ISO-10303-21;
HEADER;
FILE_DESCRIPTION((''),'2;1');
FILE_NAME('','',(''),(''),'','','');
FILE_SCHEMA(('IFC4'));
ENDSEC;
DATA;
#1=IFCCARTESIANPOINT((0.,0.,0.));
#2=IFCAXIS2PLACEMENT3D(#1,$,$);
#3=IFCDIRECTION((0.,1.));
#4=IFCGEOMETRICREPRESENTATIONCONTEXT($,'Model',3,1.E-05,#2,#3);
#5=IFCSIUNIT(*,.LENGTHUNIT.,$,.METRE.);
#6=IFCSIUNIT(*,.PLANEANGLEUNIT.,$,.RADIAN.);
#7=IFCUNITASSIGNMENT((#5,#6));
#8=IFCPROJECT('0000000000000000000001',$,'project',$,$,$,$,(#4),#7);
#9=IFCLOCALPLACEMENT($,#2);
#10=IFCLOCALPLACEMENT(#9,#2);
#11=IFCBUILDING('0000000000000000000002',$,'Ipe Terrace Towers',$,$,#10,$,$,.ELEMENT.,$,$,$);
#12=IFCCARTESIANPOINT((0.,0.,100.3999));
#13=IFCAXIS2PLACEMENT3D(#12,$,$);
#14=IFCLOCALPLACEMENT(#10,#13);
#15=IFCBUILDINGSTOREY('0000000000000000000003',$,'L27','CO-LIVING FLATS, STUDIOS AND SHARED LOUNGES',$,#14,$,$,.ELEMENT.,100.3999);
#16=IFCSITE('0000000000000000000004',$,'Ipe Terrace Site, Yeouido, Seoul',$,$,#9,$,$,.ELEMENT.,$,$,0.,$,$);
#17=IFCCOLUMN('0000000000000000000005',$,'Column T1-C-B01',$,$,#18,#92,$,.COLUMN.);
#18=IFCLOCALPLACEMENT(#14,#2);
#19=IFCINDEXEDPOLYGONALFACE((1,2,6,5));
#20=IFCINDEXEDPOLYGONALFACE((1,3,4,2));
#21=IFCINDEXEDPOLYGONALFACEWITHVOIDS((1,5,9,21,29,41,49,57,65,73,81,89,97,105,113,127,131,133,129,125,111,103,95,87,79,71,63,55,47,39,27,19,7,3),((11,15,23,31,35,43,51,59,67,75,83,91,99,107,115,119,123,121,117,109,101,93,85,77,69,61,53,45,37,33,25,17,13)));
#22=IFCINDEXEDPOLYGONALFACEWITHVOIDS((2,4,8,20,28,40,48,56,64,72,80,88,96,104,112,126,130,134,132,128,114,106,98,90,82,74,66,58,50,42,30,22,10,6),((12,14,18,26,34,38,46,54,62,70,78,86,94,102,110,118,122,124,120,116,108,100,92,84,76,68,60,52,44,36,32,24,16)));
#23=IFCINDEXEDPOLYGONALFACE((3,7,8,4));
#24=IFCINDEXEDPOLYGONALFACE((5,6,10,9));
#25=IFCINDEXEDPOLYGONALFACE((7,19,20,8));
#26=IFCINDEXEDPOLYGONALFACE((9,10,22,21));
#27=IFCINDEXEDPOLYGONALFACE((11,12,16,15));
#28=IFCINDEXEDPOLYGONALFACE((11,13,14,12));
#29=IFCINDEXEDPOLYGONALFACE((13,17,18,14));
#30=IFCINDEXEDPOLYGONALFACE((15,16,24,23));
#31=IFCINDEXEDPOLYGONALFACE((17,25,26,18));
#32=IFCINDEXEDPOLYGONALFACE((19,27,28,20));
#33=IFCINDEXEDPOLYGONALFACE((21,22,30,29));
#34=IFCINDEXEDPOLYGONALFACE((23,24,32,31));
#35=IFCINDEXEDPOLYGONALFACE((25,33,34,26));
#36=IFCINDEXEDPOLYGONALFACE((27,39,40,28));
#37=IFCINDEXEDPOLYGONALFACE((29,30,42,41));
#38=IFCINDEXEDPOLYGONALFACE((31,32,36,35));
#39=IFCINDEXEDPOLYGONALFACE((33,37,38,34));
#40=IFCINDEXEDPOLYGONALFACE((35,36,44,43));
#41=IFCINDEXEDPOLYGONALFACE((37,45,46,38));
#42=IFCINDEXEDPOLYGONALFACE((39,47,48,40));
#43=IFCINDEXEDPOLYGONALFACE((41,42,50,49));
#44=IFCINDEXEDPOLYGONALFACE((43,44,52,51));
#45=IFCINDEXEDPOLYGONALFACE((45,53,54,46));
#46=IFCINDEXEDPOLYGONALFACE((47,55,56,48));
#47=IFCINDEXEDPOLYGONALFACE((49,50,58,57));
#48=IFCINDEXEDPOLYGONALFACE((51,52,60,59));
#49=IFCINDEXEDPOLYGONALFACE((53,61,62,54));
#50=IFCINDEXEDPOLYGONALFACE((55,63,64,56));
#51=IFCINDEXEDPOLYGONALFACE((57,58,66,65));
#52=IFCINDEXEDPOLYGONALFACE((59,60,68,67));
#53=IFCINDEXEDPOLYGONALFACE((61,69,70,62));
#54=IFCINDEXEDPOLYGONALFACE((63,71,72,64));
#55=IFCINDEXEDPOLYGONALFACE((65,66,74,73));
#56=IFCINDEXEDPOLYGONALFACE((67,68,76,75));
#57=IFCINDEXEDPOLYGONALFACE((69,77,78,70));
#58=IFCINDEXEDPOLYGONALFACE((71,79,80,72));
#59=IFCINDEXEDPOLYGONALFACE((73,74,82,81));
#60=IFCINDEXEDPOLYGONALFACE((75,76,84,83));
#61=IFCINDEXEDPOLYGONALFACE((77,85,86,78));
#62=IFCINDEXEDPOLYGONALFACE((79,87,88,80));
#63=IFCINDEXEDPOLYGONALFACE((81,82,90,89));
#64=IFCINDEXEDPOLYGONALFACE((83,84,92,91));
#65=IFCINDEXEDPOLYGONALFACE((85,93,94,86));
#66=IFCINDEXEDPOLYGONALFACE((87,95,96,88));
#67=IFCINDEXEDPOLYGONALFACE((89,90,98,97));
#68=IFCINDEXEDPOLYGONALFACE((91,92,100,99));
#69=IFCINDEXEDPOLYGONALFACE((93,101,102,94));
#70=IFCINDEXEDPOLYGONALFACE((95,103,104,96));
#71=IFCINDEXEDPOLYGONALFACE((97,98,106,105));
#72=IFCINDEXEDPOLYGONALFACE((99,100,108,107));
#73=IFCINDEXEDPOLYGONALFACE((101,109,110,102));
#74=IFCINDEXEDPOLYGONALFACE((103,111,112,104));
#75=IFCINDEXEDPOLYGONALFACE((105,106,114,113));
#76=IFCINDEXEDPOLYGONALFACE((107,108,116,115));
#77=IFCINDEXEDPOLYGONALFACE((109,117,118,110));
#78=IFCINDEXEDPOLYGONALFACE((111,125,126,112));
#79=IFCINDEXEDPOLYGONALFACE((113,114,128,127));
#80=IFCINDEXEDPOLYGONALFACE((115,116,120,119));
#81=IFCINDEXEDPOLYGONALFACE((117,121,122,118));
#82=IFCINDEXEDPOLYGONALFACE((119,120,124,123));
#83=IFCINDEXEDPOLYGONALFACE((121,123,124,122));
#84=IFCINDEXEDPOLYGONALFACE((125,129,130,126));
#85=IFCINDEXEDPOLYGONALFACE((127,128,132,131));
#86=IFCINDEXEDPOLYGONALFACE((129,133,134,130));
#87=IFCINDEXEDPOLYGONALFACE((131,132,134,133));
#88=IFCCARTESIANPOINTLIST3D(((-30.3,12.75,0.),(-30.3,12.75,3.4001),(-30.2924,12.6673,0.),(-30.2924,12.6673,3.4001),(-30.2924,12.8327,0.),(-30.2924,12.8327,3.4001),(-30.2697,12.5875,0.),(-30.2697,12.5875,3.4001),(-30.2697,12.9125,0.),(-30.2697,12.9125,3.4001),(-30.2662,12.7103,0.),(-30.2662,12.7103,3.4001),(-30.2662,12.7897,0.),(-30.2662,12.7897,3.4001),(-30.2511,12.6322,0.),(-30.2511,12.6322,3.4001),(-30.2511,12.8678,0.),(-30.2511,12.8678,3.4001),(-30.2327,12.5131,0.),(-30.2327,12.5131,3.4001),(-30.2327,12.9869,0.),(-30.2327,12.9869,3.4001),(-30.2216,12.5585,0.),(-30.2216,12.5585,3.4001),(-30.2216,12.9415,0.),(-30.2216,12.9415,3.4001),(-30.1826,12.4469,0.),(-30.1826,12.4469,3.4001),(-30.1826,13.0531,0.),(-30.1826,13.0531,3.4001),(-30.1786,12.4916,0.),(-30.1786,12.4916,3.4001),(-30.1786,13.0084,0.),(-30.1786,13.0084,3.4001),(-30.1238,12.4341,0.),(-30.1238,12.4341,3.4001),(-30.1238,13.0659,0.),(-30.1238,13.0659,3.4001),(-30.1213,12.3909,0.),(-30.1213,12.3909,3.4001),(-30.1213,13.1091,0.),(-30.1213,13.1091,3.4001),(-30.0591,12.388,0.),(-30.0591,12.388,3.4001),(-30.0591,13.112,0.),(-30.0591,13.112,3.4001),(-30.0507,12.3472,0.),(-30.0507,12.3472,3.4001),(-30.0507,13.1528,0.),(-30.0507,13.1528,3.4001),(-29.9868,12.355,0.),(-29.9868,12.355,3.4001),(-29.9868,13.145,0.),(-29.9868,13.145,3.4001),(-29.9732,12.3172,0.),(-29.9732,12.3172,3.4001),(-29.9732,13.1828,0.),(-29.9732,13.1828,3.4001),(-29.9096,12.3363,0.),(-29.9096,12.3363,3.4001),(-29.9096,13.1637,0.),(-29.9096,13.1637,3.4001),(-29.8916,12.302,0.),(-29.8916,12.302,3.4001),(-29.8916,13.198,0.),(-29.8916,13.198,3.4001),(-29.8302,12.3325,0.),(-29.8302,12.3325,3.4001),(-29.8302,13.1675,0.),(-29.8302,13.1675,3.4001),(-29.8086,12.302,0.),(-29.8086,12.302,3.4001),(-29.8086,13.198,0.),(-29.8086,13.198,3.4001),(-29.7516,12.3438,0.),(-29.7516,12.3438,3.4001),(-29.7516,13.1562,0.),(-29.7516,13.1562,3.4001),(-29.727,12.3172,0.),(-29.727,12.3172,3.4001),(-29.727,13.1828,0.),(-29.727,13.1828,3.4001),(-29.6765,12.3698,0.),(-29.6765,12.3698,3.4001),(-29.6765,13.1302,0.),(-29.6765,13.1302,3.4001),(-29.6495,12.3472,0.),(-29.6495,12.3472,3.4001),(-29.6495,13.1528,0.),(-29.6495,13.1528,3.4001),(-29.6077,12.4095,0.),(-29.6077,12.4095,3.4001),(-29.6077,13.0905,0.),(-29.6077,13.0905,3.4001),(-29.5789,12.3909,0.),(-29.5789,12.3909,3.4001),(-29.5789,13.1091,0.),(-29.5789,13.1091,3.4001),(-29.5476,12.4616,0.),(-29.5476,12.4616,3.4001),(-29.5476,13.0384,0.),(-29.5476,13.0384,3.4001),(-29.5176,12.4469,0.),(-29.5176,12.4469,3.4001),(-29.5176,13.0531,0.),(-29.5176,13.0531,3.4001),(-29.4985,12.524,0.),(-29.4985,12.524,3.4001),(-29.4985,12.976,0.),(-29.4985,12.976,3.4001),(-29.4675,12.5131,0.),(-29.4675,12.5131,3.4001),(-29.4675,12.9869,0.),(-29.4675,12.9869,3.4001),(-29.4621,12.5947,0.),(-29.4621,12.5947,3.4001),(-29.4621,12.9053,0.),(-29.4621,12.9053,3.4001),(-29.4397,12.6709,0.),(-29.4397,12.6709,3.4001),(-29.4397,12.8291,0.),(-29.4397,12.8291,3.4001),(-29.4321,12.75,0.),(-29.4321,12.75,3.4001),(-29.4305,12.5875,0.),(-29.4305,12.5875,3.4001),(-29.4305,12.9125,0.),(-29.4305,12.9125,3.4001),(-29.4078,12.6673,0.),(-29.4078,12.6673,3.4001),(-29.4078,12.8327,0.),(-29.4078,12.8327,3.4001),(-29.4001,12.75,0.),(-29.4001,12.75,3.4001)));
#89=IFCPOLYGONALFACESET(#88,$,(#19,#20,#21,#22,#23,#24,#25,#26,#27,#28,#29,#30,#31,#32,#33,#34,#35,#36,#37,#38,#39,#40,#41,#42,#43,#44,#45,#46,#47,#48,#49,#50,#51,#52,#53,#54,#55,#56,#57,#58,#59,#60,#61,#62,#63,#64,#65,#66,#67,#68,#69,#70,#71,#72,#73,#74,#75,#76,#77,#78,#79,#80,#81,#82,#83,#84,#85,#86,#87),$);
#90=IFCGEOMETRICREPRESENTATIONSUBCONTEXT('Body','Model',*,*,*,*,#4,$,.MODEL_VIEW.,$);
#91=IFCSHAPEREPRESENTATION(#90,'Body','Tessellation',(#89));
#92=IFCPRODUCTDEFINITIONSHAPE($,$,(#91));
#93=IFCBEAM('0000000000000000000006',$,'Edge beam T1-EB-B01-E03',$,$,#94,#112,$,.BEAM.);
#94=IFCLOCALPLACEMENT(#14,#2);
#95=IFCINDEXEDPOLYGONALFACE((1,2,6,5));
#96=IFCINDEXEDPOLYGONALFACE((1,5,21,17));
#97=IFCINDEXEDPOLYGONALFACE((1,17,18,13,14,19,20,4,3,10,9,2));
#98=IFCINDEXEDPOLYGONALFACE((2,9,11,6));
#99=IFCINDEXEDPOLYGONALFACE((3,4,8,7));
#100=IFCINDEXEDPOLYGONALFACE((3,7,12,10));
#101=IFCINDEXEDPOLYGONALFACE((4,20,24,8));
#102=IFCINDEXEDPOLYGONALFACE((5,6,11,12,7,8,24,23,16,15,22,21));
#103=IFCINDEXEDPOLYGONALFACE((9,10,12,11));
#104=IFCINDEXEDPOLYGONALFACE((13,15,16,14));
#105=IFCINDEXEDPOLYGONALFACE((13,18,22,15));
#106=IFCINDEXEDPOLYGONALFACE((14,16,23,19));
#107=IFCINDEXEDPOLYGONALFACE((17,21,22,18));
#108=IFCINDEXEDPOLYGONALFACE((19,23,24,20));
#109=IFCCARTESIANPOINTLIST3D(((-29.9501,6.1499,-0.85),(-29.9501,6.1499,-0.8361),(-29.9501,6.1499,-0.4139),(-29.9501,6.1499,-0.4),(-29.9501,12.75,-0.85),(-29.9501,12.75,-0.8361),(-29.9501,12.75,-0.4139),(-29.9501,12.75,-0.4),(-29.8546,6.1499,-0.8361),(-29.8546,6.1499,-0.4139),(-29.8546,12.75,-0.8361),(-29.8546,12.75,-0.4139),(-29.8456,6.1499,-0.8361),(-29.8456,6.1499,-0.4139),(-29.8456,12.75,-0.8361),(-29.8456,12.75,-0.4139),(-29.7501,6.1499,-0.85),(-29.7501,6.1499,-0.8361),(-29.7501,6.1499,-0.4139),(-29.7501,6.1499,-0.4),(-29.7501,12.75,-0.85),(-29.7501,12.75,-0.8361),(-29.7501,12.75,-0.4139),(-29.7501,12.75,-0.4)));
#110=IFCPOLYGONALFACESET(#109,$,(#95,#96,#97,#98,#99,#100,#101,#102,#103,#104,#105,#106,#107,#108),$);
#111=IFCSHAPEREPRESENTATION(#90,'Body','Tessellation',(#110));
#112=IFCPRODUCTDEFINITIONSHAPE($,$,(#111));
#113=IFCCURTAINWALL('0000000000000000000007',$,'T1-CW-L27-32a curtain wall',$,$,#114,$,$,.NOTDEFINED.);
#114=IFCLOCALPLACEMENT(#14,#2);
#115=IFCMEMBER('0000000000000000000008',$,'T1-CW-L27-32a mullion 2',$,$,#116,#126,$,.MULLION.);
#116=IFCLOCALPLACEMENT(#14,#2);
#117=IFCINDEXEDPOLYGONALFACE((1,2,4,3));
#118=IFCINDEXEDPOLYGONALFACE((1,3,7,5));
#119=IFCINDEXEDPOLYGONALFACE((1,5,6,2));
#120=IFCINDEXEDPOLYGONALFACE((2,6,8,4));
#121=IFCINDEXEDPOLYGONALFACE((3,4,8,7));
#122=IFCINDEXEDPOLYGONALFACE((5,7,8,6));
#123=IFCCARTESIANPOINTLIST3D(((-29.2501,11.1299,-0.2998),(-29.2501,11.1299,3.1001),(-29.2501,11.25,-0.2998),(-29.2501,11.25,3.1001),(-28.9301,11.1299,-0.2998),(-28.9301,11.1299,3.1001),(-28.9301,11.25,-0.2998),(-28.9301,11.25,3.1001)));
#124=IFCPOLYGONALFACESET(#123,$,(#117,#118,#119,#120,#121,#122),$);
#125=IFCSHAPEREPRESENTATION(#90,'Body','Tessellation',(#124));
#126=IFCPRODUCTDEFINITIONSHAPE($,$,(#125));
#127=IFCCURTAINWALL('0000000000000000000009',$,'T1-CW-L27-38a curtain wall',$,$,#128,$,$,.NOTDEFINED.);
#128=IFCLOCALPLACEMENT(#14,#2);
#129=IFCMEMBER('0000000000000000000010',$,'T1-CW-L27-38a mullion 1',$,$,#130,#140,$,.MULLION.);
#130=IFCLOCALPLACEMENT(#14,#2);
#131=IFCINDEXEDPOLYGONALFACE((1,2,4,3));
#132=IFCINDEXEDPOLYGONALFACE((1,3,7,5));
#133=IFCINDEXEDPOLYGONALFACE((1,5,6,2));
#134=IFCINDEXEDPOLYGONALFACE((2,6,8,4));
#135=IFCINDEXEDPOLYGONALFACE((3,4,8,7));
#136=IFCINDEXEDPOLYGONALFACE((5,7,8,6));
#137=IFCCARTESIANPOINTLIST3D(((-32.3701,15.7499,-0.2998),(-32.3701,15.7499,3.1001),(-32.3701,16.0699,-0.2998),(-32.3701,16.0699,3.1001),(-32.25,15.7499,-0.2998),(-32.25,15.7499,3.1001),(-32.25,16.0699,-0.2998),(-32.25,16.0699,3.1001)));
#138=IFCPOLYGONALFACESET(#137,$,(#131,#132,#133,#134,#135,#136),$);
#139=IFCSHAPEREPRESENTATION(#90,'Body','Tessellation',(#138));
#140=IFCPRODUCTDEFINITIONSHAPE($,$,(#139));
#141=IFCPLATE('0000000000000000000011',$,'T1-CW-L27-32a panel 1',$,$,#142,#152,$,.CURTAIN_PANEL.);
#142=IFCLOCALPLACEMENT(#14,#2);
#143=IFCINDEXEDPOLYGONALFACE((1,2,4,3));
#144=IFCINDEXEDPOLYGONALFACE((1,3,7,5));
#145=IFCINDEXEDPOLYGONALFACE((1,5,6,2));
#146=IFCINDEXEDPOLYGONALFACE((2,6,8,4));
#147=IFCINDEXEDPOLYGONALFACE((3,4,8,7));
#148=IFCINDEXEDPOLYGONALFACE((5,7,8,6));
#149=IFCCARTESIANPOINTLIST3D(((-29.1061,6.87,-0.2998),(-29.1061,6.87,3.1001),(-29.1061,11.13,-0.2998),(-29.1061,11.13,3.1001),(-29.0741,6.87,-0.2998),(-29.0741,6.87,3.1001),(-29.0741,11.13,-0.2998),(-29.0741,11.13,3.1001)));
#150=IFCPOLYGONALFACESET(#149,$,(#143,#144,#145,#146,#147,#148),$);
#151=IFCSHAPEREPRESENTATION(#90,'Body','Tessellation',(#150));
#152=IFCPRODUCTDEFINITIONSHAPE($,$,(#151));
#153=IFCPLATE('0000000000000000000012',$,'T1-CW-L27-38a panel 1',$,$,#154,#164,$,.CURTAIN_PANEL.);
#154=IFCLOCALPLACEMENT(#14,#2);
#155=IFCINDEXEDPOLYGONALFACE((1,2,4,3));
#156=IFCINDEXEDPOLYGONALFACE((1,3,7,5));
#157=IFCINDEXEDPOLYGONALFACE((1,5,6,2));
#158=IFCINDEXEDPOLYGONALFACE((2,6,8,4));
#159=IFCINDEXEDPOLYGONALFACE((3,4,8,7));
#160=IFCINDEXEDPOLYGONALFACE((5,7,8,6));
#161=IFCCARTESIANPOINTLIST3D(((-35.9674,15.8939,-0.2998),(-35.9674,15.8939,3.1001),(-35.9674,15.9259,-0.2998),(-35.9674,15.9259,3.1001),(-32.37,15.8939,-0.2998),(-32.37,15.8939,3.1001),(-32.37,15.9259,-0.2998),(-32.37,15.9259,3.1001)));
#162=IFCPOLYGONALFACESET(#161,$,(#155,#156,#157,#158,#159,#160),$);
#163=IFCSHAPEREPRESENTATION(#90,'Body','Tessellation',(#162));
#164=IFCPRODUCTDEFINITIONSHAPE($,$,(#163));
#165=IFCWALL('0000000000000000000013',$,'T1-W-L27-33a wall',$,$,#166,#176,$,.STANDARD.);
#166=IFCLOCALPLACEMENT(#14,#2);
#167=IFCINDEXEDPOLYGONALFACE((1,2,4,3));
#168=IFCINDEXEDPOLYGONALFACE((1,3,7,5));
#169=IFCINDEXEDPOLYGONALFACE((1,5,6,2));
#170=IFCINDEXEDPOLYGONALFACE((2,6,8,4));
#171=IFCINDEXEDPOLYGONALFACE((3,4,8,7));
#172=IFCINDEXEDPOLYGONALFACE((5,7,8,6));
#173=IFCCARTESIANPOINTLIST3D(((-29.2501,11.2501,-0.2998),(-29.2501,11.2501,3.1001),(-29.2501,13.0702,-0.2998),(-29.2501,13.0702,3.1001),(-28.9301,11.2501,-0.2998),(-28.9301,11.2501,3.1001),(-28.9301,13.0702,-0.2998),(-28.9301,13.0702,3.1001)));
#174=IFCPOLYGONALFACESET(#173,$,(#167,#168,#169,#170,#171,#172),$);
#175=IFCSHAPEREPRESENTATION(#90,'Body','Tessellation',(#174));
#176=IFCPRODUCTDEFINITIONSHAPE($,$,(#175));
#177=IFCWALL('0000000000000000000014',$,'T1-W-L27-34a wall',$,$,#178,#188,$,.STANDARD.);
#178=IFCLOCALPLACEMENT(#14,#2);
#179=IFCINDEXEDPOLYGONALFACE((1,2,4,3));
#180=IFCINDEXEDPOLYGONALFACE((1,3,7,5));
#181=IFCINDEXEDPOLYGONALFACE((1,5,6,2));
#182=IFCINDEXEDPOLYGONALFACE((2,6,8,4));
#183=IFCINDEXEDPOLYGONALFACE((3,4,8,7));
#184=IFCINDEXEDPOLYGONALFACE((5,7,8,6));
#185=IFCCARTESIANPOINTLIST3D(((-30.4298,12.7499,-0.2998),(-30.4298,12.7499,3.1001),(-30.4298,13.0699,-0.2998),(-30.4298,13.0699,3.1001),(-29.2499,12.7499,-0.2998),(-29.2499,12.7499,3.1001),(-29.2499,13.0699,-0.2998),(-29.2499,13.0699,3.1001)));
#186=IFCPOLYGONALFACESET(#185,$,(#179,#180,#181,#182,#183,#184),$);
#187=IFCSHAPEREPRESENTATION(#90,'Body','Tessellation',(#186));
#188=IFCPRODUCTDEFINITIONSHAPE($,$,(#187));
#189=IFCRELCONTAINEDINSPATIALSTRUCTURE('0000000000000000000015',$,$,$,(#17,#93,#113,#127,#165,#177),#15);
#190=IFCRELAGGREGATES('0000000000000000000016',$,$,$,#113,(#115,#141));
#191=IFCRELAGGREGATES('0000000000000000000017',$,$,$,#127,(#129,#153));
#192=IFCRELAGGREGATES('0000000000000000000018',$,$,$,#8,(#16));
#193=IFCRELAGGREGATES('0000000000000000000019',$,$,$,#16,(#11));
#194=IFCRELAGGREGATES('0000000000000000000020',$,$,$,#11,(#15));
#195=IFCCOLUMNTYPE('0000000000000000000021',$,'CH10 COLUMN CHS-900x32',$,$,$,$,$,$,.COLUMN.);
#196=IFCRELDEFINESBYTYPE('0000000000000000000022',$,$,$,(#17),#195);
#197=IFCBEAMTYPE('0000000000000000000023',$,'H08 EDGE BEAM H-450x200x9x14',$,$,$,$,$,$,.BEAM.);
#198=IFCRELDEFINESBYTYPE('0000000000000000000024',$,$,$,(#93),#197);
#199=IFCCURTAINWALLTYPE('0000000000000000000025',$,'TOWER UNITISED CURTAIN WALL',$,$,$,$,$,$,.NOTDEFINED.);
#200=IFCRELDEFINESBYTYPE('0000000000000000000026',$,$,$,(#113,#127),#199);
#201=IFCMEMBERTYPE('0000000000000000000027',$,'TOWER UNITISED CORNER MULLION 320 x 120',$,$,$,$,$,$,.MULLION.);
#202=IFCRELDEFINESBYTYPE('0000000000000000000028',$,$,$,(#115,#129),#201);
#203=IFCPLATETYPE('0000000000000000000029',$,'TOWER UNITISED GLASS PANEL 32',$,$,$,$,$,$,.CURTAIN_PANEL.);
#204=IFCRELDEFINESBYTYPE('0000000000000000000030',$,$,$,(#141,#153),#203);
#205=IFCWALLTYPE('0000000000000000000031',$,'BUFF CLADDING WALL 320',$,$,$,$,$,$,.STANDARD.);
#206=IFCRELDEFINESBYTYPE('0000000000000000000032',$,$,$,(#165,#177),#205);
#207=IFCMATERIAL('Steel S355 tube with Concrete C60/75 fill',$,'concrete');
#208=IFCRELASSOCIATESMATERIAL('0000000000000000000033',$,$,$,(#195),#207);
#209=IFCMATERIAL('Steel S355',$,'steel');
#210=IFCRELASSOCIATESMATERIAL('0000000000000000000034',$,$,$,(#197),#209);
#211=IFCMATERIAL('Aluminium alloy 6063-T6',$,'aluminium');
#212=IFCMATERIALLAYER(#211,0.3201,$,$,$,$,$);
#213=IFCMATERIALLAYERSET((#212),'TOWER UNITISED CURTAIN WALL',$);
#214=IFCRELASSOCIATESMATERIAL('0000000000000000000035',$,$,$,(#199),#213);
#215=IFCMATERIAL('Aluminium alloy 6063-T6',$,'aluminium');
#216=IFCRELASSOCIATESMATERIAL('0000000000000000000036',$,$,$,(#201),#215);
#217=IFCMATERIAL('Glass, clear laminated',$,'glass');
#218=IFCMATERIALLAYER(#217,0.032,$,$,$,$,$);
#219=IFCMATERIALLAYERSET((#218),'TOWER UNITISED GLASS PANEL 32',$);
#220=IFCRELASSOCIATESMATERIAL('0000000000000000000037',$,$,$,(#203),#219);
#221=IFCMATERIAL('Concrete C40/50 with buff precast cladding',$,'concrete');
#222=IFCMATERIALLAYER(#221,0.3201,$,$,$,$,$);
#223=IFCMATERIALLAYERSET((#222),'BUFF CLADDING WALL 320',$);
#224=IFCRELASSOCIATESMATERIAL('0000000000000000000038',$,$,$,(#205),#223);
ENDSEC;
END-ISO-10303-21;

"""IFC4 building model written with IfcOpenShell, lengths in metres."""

from ifc_helpers import new_model, si_unit, direction, frame, frame_2d, origin, origin_2d, place, context, subcontext, project, spatial, rectangle, hollow_circle, i_section, extrude, material, layer, layer_set, material_profile, profile_set, type_object, element, aggregate, save


model = new_model("IFC4")

# Units and contexts
model_context = context("Model", 3, precision=1e-05, world=origin(), true_north=direction((0.0, 1.0)))
body_context = subcontext(model_context, "Body", "Model", "MODEL_VIEW")
ifc_project = project(units=[si_unit("LENGTHUNIT", "METRE"), si_unit("PLANEANGLEUNIT", "RADIAN")], contexts=[model_context])

# Site, building, storey
site_placement = place(None, origin())
site = spatial("IfcSite", under=ifc_project, at=site_placement, Name="Ipe Terrace Site, Yeouido, Seoul", CompositionType="ELEMENT", RefElevation=0.0)
building_placement = place(site_placement, origin())
building = spatial("IfcBuilding", under=site, at=building_placement, Name="Ipe Terrace Towers", CompositionType="ELEMENT")
storey_placement = place(building_placement, frame((0.0, 0.0, 100.3999)))
storey = spatial("IfcBuildingStorey", under=building, at=storey_placement, Name="L27", Description="CO-LIVING FLATS, STUDIOS AND SHARED LOUNGES", CompositionType="ELEMENT", Elevation=100.3999)

# Column
ifc_material_1 = material(Name="Steel S355 tube with Concrete C60/75 fill", Category="concrete")
ifc_material_profile_1 = material_profile(ifc_material_1, hollow_circle(Radius=0.45, WallThickness=0.032, at=origin_2d()), Name="CHS-900x32")
ifc_profile_set_1 = profile_set([ifc_material_profile_1], Name="Steel S355 tube with Concrete C60/75 fill")
column_type = type_object("IfcColumnType", Name="CH10 COLUMN CHS-900x32", PredefinedType="COLUMN", material=ifc_profile_set_1)
column_placement = place(storey_placement, frame((-29.8501, 12.75, 0.0), z_axis=(0.0, 0.0, 1.0), x_axis=(1.0, 0.0, 0.0)))
element("IfcColumn", 1, at=column_placement, inside=storey, type_object=column_type, Name="Column T1-C-B01", PredefinedType="COLUMN", context=body_context, shape_type="SweptSolid", body=[
    extrude(hollow_circle(Radius=0.45, WallThickness=0.032, at=origin_2d()), origin(), (0.0, 0.0, 1.0), 3.4001),
])

# Beam
ifc_material_2 = material(Name="Steel S355", Category="steel")
ifc_material_profile_2 = material_profile(ifc_material_2, i_section(OverallWidth=0.2, OverallDepth=0.45, WebThickness=0.009, FlangeThickness=0.0139, at=origin_2d()), Name="H-450x200x9x14")
ifc_profile_set_2 = profile_set([ifc_material_profile_2], Name="Steel S355")
beam_type = type_object("IfcBeamType", Name="H08 EDGE BEAM H-450x200x9x14", PredefinedType="BEAM", material=ifc_profile_set_2)
beam_placement = place(storey_placement, frame((-29.8501, 12.75, -0.625), z_axis=(0.0, -1.0, 0.0), x_axis=(1.0, 0.0, 0.0)))
element("IfcBeam", 2, at=beam_placement, inside=storey, type_object=beam_type, Name="Edge beam T1-EB-B01-E03", PredefinedType="BEAM", context=body_context, shape_type="SweptSolid", body=[
    extrude(i_section(OverallWidth=0.2, OverallDepth=0.45, WebThickness=0.009, FlangeThickness=0.0139, at=origin_2d()), origin(), (0.0, 0.0, 1.0), 6.6001),
])

# Curtain walls, members
ifc_material_3 = material(Name="Aluminium alloy 6063-T6", Category="aluminium")
ifc_layer_1 = layer(ifc_material_3, 0.3201)
ifc_layer_set_1 = layer_set([ifc_layer_1], Name="TOWER UNITISED CURTAIN WALL")
curtain_wall_type = type_object("IfcCurtainWallType", Name="TOWER UNITISED CURTAIN WALL", PredefinedType="NOTDEFINED", material=ifc_layer_set_1)
curtain_wall_1_placement = place(storey_placement, origin())
curtain_wall_1 = element("IfcCurtainWall", 3, at=curtain_wall_1_placement, inside=storey, type_object=curtain_wall_type, Name="T1-CW-L27-32a curtain wall", PredefinedType="NOTDEFINED")
ifc_material_4 = material(Name="Aluminium alloy 6063-T6", Category="aluminium")
ifc_material_profile_3 = material_profile(ifc_material_4, rectangle(XDim=0.3201, YDim=0.1201, at=origin_2d()), Name="TOWER UNITISED CORNER MULLION 320 x 120")
ifc_profile_set_3 = profile_set([ifc_material_profile_3], Name="Aluminium alloy 6063-T6")
member_type = type_object("IfcMemberType", Name="TOWER UNITISED CORNER MULLION 320 x 120", PredefinedType="MULLION", material=ifc_profile_set_3)
member_1_placement = place(storey_placement, frame((-29.0901, 11.1899, -0.2998), z_axis=(0.0, 0.0, 1.0), x_axis=(1.0, 0.0, 0.0)))
member_1 = element("IfcMember", 4, at=member_1_placement, type_object=member_type, Name="T1-CW-L27-32a mullion 2", PredefinedType="MULLION", context=body_context, shape_type="SweptSolid", body=[
    extrude(rectangle(XDim=0.3201, YDim=0.1201, at=origin_2d()), origin(), (0.0, 0.0, 1.0), 3.3999),
])
curtain_wall_2_placement = place(storey_placement, origin())
curtain_wall_2 = element("IfcCurtainWall", 5, at=curtain_wall_2_placement, inside=storey, type_object=curtain_wall_type, Name="T1-CW-L27-38a curtain wall", PredefinedType="NOTDEFINED")
member_2_placement = place(storey_placement, frame((-32.3101, 15.9099, -0.2998), z_axis=(0.0, 0.0, 1.0), x_axis=(0.0, 1.0, 0.0)))
member_2 = element("IfcMember", 6, at=member_2_placement, type_object=member_type, Name="T1-CW-L27-38a mullion 1", PredefinedType="MULLION", context=body_context, shape_type="SweptSolid", body=[
    extrude(rectangle(XDim=0.3201, YDim=0.1201, at=origin_2d()), origin(), (0.0, 0.0, 1.0), 3.3999),
])

# Plates
ifc_material_5 = material(Name="Glass, clear laminated", Category="glass")
ifc_layer_2 = layer(ifc_material_5, 0.032)
ifc_layer_set_2 = layer_set([ifc_layer_2], Name="TOWER UNITISED GLASS PANEL 32")
plate_type = type_object("IfcPlateType", Name="TOWER UNITISED GLASS PANEL 32", PredefinedType="CURTAIN_PANEL", material=ifc_layer_set_2)
plate_1_placement = place(storey_placement, frame((-29.0901, 9.0, -0.2998), z_axis=(0.0, 0.0, 1.0), x_axis=(0.0, 1.0, 0.0)))
plate_1 = element("IfcPlate", 7, at=plate_1_placement, type_object=plate_type, Name="T1-CW-L27-32a panel 1", PredefinedType="CURTAIN_PANEL", context=body_context, shape_type="SweptSolid", body=[
    extrude(rectangle(XDim=4.26, YDim=0.032, at=origin_2d()), origin(), (0.0, 0.0, 1.0), 3.3999),
])
aggregate(curtain_wall_1, [member_1, plate_1])
plate_2_placement = place(storey_placement, frame((-34.1687, 15.9099, -0.2998), z_axis=(0.0, 0.0, 1.0), x_axis=(-1.0, 0.0, 0.0)))
plate_2 = element("IfcPlate", 8, at=plate_2_placement, type_object=plate_type, Name="T1-CW-L27-38a panel 1", PredefinedType="CURTAIN_PANEL", context=body_context, shape_type="SweptSolid", body=[
    extrude(rectangle(XDim=3.5974, YDim=0.032, at=origin_2d()), origin(), (0.0, 0.0, 1.0), 3.3999),
])
aggregate(curtain_wall_2, [member_2, plate_2])

# Walls
ifc_material_6 = material(Name="Concrete C40/50 with buff precast cladding", Category="concrete")
ifc_layer_3 = layer(ifc_material_6, 0.3201)
ifc_layer_set_3 = layer_set([ifc_layer_3], Name="BUFF CLADDING WALL 320")
wall_type_1 = type_object("IfcWallType", Name="BUFF CLADDING WALL 320", PredefinedType="STANDARD", material=ifc_layer_set_3)
wall_1_placement = place(storey_placement, frame((-29.0901, 11.25, -0.2998), z_axis=(0.0, 0.0, 1.0), x_axis=(0.0, 1.0, 0.0)))
element("IfcWall", 9, at=wall_1_placement, inside=storey, type_object=wall_type_1, Name="T1-W-L27-33a wall", PredefinedType="STANDARD", context=body_context, shape_type="SweptSolid", body=[
    extrude(rectangle(XDim=1.8201, YDim=0.3201, at=frame_2d((0.9102, 0.0))), origin(), (0.0, 0.0, 1.0), 3.3999),
])
wall_2_placement = place(storey_placement, frame((-29.25, 12.9099, -0.2998), z_axis=(0.0, 0.0, 1.0), x_axis=(-1.0, 0.0, 0.0)))
element("IfcWall", 10, at=wall_2_placement, inside=storey, type_object=wall_type_1, Name="T1-W-L27-34a wall", PredefinedType="STANDARD", context=body_context, shape_type="SweptSolid", body=[
    extrude(rectangle(XDim=1.1799, YDim=0.3201, at=frame_2d((0.5898, 0.0))), origin(), (0.0, 0.0, 1.0), 3.3999),
])

save(model, "model.ifc")
